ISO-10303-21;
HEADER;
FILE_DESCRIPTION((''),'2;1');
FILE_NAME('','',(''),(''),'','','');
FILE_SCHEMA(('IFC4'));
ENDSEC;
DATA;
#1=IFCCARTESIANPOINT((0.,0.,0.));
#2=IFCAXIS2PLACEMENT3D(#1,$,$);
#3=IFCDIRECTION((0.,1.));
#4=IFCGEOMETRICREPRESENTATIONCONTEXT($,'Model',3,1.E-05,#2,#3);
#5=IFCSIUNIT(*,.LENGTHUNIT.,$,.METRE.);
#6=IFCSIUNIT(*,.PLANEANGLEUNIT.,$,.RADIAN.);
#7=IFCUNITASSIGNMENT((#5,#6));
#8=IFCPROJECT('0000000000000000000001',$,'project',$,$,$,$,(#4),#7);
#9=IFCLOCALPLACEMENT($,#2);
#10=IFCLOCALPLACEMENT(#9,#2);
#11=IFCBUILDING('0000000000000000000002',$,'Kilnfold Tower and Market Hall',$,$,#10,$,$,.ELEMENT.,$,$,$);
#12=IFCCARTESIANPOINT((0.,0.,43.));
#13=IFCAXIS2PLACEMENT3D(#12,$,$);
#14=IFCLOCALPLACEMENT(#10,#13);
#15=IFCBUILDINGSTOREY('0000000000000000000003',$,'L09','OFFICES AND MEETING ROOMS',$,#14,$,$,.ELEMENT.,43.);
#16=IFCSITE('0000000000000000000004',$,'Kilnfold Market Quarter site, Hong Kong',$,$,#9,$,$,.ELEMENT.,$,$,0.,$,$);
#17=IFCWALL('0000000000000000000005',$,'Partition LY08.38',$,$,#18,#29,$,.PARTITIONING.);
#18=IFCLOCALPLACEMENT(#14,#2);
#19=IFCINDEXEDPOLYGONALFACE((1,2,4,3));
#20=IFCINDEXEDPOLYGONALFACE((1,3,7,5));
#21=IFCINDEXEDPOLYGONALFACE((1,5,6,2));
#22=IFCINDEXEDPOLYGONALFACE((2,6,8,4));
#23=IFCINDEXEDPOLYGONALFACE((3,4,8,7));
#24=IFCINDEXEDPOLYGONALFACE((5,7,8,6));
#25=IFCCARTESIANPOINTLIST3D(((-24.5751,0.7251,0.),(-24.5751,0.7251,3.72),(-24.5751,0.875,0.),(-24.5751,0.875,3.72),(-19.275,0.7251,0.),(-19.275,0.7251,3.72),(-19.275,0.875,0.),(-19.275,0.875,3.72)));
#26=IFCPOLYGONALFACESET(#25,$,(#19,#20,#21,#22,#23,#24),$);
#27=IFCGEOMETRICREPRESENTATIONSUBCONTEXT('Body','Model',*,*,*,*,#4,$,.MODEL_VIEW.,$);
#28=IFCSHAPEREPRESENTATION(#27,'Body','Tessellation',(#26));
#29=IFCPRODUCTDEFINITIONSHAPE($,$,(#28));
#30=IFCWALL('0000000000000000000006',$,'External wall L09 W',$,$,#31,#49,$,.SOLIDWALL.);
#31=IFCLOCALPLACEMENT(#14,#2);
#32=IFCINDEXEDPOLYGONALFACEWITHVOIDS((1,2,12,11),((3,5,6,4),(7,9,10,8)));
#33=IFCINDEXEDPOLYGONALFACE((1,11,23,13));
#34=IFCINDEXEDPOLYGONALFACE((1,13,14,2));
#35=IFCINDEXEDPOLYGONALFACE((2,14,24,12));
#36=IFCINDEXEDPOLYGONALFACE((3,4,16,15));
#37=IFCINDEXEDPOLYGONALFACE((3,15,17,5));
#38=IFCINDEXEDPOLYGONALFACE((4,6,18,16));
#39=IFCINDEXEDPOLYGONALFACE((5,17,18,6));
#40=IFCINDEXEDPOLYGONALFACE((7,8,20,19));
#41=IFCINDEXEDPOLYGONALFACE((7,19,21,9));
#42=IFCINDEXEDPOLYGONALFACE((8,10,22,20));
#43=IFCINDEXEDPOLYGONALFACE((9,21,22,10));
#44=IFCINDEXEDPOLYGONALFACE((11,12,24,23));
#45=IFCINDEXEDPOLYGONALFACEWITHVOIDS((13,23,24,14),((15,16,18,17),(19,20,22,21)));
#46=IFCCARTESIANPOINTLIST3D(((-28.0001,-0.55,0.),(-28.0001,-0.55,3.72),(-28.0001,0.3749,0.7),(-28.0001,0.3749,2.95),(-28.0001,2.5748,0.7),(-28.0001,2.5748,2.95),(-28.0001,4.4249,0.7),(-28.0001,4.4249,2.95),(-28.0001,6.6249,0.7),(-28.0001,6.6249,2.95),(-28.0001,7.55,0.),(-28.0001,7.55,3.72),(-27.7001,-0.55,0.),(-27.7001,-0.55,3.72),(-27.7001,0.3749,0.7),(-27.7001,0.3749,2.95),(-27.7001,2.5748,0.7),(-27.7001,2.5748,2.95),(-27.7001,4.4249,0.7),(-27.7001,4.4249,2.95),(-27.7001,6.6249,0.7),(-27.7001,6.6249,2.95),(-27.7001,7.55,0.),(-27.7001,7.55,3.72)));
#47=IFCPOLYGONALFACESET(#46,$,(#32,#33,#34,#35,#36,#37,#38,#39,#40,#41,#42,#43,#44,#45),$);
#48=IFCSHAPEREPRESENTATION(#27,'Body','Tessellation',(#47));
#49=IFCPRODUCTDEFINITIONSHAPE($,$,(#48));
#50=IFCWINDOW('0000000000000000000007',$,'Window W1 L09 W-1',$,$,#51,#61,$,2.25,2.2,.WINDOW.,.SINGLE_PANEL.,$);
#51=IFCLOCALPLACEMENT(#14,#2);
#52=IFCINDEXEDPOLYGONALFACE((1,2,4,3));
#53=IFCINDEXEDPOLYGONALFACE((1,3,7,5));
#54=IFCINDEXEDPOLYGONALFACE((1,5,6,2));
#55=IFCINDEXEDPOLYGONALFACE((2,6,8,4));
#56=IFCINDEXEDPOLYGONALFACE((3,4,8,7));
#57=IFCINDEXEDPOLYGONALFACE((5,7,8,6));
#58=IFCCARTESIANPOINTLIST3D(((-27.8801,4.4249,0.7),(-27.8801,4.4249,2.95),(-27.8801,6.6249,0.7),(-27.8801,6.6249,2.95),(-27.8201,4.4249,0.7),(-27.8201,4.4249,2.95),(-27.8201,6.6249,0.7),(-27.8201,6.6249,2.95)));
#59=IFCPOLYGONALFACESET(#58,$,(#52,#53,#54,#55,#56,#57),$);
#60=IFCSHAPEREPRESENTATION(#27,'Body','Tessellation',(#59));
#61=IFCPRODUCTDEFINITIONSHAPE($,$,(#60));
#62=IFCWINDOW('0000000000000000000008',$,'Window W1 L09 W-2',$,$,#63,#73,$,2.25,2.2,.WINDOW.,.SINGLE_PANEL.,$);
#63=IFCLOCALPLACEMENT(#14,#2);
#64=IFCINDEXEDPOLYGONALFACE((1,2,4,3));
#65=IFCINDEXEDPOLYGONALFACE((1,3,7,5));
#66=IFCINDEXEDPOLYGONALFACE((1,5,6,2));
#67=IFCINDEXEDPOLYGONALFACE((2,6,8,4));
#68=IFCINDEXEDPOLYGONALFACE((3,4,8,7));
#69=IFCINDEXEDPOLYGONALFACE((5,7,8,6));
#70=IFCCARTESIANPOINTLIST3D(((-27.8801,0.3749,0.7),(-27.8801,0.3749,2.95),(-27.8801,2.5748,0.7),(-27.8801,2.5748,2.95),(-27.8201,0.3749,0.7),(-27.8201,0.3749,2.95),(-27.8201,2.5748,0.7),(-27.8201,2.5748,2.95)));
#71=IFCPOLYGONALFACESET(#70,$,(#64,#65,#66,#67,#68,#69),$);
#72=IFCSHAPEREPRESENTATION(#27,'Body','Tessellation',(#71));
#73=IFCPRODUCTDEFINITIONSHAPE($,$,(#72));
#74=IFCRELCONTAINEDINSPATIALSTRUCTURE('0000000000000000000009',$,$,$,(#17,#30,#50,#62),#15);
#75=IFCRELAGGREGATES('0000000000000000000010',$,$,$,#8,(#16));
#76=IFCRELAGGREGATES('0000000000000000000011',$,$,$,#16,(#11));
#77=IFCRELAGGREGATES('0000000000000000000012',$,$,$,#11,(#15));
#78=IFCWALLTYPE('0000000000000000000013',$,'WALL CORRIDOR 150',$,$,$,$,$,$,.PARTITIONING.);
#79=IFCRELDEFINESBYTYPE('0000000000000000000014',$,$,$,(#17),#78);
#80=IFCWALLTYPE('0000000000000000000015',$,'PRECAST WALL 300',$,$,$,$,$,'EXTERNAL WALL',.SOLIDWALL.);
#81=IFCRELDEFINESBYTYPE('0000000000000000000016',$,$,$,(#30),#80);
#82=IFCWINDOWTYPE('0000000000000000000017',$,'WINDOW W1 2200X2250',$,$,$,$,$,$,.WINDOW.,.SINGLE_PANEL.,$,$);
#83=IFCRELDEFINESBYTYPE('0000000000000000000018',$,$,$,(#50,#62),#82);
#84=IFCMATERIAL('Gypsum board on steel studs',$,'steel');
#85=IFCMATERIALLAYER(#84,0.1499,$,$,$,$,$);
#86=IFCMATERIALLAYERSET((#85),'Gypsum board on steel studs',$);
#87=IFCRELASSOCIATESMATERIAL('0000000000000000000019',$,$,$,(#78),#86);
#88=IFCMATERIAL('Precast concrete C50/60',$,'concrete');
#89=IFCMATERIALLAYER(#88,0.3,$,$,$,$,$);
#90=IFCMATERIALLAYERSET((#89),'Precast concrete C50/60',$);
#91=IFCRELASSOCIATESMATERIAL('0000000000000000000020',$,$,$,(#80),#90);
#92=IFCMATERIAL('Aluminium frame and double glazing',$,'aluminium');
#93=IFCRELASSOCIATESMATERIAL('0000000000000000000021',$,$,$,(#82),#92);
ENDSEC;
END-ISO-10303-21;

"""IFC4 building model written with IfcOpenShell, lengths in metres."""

from ifc_helpers import new_model, si_unit, direction, frame, frame_2d, origin, place, context, subcontext, project, spatial, rectangle, extrude, source, transform, mapped, material, layer, layer_set, type_object, element, fill, save


model = new_model("IFC4")

# Units and contexts
model_context = context("Model", 3, precision=1e-05, world=origin(), true_north=direction((0.0, 1.0)))
body_context = subcontext(model_context, "Body", "Model", "MODEL_VIEW")
ifc_project = project(units=[si_unit("LENGTHUNIT", "METRE"), si_unit("PLANEANGLEUNIT", "RADIAN")], contexts=[model_context])

# Site, building, storey
site_placement = place(None, origin())
site = spatial("IfcSite", under=ifc_project, at=site_placement, Name="Kilnfold Market Quarter site, Hong Kong", CompositionType="ELEMENT", RefElevation=0.0)
building_placement = place(site_placement, origin())
building = spatial("IfcBuilding", under=site, at=building_placement, Name="Kilnfold Tower and Market Hall", CompositionType="ELEMENT")
storey_placement = place(building_placement, frame((0.0, 0.0, 43.0)))
storey = spatial("IfcBuildingStorey", under=building, at=storey_placement, Name="L09", Description="OFFICES AND MEETING ROOMS", CompositionType="ELEMENT", Elevation=43.0)

# Shared definitions
ifc_material_1 = material(Name="Gypsum board on steel studs", Category="steel")
ifc_layer_1 = layer(ifc_material_1, 0.1499)
ifc_layer_set_1 = layer_set([ifc_layer_1], Name="Gypsum board on steel studs")
wall_type_1 = type_object("IfcWallType", Name="WALL CORRIDOR 150", PredefinedType="PARTITIONING", material=ifc_layer_set_1)

# Wall
wall_1_placement = place(storey_placement, frame((-24.575, 0.8, 0.0), z_axis=(0.0, 0.0, 1.0), x_axis=(1.0, 0.0, 0.0)))
element("IfcWall", 1, at=wall_1_placement, inside=storey, type_object=wall_type_1, Name="Partition LY08.38", PredefinedType="PARTITIONING", context=body_context, shape_type="SweptSolid", body=[
    extrude(rectangle(XDim=5.3, YDim=0.1499, at=frame_2d((2.6499, 0.0))), origin(), (0.0, 0.0, 1.0), 3.72),
])

# Wall, openings, windows
ifc_material_2 = material(Name="Precast concrete C50/60", Category="concrete")
ifc_layer_2 = layer(ifc_material_2, 0.3)
ifc_layer_set_2 = layer_set([ifc_layer_2], Name="Precast concrete C50/60")
wall_type_2 = type_object("IfcWallType", Name="PRECAST WALL 300", ElementType="EXTERNAL WALL", PredefinedType="SOLIDWALL", material=ifc_layer_set_2)
shared_shape_1 = source(origin(), body_context, "Body", "SweptSolid", [
    extrude(rectangle(XDim=8.1001, YDim=0.3, at=frame_2d((4.05, 0.0))), origin(), (0.0, 0.0, 1.0), 3.72),
])
wall_2_placement = place(storey_placement, frame((-27.8501, 7.55, 0.0), z_axis=(0.0, 0.0, 1.0), x_axis=(0.0, -1.0, 0.0)))
wall_2 = element("IfcWall", 2, at=wall_2_placement, inside=storey, type_object=wall_type_2, Name="External wall L09 W", PredefinedType="SOLIDWALL", context=body_context, shape_type="MappedRepresentation", body=[
    mapped(shared_shape_1, transform((0.0, 0.0, 0.0))),
])
opening_1_placement = place(wall_2_placement, frame((0.925, 0.0, 0.7)))
opening_1 = element("IfcOpeningElement", 3, at=opening_1_placement, cuts=wall_2, PredefinedType="OPENING", context=body_context, shape_type="SweptSolid", body=[
    extrude(rectangle(XDim=2.2, YDim=2.25, at=frame_2d((1.1001, 1.125))), frame((0.0, 0.1602, 0.0), z_axis=(0.0, -1.0, 0.0), x_axis=(1.0, 0.0, 0.0)), (0.0, 0.0, 1.0), 0.3201),
])
opening_2_placement = place(wall_2_placement, frame((4.9751, 0.0, 0.7)))
opening_2 = element("IfcOpeningElement", 4, at=opening_2_placement, cuts=wall_2, PredefinedType="OPENING", context=body_context, shape_type="SweptSolid", body=[
    extrude(rectangle(XDim=2.2, YDim=2.25, at=frame_2d((1.1001, 1.125))), frame((0.0, 0.1602, 0.0), z_axis=(0.0, -1.0, 0.0), x_axis=(1.0, 0.0, 0.0)), (0.0, 0.0, 1.0), 0.3201),
])
ifc_material_3 = material(Name="Aluminium frame and double glazing", Category="aluminium")
window_type = type_object("IfcWindowType", Name="WINDOW W1 2200X2250", PartitioningType="SINGLE_PANEL", PredefinedType="WINDOW", material=ifc_material_3)
window_1_placement = place(opening_1_placement, origin())
window_1 = element("IfcWindow", 5, at=window_1_placement, inside=storey, type_object=window_type, Name="Window W1 L09 W-1", OverallHeight=2.25, OverallWidth=2.2, PartitioningType="SINGLE_PANEL", PredefinedType="WINDOW", context=body_context, shape_type="SweptSolid", body=[
    extrude(rectangle(XDim=2.2, YDim=2.25, at=frame_2d((1.1001, 1.125))), frame((0.0, 0.03, 0.0), z_axis=(0.0, -1.0, 0.0), x_axis=(1.0, 0.0, 0.0)), (0.0, 0.0, 1.0), 0.0601),
])
fill(opening_1, window_1)
window_2_placement = place(opening_2_placement, origin())
window_2 = element("IfcWindow", 6, at=window_2_placement, inside=storey, type_object=window_type, Name="Window W1 L09 W-2", OverallHeight=2.25, OverallWidth=2.2, PartitioningType="SINGLE_PANEL", PredefinedType="WINDOW", context=body_context, shape_type="SweptSolid", body=[
    extrude(rectangle(XDim=2.2, YDim=2.25, at=frame_2d((1.1001, 1.125))), frame((0.0, 0.03, 0.0), z_axis=(0.0, -1.0, 0.0), x_axis=(1.0, 0.0, 0.0)), (0.0, 0.0, 1.0), 0.0601),
])
fill(opening_2, window_2)

save(model, "model.ifc")
